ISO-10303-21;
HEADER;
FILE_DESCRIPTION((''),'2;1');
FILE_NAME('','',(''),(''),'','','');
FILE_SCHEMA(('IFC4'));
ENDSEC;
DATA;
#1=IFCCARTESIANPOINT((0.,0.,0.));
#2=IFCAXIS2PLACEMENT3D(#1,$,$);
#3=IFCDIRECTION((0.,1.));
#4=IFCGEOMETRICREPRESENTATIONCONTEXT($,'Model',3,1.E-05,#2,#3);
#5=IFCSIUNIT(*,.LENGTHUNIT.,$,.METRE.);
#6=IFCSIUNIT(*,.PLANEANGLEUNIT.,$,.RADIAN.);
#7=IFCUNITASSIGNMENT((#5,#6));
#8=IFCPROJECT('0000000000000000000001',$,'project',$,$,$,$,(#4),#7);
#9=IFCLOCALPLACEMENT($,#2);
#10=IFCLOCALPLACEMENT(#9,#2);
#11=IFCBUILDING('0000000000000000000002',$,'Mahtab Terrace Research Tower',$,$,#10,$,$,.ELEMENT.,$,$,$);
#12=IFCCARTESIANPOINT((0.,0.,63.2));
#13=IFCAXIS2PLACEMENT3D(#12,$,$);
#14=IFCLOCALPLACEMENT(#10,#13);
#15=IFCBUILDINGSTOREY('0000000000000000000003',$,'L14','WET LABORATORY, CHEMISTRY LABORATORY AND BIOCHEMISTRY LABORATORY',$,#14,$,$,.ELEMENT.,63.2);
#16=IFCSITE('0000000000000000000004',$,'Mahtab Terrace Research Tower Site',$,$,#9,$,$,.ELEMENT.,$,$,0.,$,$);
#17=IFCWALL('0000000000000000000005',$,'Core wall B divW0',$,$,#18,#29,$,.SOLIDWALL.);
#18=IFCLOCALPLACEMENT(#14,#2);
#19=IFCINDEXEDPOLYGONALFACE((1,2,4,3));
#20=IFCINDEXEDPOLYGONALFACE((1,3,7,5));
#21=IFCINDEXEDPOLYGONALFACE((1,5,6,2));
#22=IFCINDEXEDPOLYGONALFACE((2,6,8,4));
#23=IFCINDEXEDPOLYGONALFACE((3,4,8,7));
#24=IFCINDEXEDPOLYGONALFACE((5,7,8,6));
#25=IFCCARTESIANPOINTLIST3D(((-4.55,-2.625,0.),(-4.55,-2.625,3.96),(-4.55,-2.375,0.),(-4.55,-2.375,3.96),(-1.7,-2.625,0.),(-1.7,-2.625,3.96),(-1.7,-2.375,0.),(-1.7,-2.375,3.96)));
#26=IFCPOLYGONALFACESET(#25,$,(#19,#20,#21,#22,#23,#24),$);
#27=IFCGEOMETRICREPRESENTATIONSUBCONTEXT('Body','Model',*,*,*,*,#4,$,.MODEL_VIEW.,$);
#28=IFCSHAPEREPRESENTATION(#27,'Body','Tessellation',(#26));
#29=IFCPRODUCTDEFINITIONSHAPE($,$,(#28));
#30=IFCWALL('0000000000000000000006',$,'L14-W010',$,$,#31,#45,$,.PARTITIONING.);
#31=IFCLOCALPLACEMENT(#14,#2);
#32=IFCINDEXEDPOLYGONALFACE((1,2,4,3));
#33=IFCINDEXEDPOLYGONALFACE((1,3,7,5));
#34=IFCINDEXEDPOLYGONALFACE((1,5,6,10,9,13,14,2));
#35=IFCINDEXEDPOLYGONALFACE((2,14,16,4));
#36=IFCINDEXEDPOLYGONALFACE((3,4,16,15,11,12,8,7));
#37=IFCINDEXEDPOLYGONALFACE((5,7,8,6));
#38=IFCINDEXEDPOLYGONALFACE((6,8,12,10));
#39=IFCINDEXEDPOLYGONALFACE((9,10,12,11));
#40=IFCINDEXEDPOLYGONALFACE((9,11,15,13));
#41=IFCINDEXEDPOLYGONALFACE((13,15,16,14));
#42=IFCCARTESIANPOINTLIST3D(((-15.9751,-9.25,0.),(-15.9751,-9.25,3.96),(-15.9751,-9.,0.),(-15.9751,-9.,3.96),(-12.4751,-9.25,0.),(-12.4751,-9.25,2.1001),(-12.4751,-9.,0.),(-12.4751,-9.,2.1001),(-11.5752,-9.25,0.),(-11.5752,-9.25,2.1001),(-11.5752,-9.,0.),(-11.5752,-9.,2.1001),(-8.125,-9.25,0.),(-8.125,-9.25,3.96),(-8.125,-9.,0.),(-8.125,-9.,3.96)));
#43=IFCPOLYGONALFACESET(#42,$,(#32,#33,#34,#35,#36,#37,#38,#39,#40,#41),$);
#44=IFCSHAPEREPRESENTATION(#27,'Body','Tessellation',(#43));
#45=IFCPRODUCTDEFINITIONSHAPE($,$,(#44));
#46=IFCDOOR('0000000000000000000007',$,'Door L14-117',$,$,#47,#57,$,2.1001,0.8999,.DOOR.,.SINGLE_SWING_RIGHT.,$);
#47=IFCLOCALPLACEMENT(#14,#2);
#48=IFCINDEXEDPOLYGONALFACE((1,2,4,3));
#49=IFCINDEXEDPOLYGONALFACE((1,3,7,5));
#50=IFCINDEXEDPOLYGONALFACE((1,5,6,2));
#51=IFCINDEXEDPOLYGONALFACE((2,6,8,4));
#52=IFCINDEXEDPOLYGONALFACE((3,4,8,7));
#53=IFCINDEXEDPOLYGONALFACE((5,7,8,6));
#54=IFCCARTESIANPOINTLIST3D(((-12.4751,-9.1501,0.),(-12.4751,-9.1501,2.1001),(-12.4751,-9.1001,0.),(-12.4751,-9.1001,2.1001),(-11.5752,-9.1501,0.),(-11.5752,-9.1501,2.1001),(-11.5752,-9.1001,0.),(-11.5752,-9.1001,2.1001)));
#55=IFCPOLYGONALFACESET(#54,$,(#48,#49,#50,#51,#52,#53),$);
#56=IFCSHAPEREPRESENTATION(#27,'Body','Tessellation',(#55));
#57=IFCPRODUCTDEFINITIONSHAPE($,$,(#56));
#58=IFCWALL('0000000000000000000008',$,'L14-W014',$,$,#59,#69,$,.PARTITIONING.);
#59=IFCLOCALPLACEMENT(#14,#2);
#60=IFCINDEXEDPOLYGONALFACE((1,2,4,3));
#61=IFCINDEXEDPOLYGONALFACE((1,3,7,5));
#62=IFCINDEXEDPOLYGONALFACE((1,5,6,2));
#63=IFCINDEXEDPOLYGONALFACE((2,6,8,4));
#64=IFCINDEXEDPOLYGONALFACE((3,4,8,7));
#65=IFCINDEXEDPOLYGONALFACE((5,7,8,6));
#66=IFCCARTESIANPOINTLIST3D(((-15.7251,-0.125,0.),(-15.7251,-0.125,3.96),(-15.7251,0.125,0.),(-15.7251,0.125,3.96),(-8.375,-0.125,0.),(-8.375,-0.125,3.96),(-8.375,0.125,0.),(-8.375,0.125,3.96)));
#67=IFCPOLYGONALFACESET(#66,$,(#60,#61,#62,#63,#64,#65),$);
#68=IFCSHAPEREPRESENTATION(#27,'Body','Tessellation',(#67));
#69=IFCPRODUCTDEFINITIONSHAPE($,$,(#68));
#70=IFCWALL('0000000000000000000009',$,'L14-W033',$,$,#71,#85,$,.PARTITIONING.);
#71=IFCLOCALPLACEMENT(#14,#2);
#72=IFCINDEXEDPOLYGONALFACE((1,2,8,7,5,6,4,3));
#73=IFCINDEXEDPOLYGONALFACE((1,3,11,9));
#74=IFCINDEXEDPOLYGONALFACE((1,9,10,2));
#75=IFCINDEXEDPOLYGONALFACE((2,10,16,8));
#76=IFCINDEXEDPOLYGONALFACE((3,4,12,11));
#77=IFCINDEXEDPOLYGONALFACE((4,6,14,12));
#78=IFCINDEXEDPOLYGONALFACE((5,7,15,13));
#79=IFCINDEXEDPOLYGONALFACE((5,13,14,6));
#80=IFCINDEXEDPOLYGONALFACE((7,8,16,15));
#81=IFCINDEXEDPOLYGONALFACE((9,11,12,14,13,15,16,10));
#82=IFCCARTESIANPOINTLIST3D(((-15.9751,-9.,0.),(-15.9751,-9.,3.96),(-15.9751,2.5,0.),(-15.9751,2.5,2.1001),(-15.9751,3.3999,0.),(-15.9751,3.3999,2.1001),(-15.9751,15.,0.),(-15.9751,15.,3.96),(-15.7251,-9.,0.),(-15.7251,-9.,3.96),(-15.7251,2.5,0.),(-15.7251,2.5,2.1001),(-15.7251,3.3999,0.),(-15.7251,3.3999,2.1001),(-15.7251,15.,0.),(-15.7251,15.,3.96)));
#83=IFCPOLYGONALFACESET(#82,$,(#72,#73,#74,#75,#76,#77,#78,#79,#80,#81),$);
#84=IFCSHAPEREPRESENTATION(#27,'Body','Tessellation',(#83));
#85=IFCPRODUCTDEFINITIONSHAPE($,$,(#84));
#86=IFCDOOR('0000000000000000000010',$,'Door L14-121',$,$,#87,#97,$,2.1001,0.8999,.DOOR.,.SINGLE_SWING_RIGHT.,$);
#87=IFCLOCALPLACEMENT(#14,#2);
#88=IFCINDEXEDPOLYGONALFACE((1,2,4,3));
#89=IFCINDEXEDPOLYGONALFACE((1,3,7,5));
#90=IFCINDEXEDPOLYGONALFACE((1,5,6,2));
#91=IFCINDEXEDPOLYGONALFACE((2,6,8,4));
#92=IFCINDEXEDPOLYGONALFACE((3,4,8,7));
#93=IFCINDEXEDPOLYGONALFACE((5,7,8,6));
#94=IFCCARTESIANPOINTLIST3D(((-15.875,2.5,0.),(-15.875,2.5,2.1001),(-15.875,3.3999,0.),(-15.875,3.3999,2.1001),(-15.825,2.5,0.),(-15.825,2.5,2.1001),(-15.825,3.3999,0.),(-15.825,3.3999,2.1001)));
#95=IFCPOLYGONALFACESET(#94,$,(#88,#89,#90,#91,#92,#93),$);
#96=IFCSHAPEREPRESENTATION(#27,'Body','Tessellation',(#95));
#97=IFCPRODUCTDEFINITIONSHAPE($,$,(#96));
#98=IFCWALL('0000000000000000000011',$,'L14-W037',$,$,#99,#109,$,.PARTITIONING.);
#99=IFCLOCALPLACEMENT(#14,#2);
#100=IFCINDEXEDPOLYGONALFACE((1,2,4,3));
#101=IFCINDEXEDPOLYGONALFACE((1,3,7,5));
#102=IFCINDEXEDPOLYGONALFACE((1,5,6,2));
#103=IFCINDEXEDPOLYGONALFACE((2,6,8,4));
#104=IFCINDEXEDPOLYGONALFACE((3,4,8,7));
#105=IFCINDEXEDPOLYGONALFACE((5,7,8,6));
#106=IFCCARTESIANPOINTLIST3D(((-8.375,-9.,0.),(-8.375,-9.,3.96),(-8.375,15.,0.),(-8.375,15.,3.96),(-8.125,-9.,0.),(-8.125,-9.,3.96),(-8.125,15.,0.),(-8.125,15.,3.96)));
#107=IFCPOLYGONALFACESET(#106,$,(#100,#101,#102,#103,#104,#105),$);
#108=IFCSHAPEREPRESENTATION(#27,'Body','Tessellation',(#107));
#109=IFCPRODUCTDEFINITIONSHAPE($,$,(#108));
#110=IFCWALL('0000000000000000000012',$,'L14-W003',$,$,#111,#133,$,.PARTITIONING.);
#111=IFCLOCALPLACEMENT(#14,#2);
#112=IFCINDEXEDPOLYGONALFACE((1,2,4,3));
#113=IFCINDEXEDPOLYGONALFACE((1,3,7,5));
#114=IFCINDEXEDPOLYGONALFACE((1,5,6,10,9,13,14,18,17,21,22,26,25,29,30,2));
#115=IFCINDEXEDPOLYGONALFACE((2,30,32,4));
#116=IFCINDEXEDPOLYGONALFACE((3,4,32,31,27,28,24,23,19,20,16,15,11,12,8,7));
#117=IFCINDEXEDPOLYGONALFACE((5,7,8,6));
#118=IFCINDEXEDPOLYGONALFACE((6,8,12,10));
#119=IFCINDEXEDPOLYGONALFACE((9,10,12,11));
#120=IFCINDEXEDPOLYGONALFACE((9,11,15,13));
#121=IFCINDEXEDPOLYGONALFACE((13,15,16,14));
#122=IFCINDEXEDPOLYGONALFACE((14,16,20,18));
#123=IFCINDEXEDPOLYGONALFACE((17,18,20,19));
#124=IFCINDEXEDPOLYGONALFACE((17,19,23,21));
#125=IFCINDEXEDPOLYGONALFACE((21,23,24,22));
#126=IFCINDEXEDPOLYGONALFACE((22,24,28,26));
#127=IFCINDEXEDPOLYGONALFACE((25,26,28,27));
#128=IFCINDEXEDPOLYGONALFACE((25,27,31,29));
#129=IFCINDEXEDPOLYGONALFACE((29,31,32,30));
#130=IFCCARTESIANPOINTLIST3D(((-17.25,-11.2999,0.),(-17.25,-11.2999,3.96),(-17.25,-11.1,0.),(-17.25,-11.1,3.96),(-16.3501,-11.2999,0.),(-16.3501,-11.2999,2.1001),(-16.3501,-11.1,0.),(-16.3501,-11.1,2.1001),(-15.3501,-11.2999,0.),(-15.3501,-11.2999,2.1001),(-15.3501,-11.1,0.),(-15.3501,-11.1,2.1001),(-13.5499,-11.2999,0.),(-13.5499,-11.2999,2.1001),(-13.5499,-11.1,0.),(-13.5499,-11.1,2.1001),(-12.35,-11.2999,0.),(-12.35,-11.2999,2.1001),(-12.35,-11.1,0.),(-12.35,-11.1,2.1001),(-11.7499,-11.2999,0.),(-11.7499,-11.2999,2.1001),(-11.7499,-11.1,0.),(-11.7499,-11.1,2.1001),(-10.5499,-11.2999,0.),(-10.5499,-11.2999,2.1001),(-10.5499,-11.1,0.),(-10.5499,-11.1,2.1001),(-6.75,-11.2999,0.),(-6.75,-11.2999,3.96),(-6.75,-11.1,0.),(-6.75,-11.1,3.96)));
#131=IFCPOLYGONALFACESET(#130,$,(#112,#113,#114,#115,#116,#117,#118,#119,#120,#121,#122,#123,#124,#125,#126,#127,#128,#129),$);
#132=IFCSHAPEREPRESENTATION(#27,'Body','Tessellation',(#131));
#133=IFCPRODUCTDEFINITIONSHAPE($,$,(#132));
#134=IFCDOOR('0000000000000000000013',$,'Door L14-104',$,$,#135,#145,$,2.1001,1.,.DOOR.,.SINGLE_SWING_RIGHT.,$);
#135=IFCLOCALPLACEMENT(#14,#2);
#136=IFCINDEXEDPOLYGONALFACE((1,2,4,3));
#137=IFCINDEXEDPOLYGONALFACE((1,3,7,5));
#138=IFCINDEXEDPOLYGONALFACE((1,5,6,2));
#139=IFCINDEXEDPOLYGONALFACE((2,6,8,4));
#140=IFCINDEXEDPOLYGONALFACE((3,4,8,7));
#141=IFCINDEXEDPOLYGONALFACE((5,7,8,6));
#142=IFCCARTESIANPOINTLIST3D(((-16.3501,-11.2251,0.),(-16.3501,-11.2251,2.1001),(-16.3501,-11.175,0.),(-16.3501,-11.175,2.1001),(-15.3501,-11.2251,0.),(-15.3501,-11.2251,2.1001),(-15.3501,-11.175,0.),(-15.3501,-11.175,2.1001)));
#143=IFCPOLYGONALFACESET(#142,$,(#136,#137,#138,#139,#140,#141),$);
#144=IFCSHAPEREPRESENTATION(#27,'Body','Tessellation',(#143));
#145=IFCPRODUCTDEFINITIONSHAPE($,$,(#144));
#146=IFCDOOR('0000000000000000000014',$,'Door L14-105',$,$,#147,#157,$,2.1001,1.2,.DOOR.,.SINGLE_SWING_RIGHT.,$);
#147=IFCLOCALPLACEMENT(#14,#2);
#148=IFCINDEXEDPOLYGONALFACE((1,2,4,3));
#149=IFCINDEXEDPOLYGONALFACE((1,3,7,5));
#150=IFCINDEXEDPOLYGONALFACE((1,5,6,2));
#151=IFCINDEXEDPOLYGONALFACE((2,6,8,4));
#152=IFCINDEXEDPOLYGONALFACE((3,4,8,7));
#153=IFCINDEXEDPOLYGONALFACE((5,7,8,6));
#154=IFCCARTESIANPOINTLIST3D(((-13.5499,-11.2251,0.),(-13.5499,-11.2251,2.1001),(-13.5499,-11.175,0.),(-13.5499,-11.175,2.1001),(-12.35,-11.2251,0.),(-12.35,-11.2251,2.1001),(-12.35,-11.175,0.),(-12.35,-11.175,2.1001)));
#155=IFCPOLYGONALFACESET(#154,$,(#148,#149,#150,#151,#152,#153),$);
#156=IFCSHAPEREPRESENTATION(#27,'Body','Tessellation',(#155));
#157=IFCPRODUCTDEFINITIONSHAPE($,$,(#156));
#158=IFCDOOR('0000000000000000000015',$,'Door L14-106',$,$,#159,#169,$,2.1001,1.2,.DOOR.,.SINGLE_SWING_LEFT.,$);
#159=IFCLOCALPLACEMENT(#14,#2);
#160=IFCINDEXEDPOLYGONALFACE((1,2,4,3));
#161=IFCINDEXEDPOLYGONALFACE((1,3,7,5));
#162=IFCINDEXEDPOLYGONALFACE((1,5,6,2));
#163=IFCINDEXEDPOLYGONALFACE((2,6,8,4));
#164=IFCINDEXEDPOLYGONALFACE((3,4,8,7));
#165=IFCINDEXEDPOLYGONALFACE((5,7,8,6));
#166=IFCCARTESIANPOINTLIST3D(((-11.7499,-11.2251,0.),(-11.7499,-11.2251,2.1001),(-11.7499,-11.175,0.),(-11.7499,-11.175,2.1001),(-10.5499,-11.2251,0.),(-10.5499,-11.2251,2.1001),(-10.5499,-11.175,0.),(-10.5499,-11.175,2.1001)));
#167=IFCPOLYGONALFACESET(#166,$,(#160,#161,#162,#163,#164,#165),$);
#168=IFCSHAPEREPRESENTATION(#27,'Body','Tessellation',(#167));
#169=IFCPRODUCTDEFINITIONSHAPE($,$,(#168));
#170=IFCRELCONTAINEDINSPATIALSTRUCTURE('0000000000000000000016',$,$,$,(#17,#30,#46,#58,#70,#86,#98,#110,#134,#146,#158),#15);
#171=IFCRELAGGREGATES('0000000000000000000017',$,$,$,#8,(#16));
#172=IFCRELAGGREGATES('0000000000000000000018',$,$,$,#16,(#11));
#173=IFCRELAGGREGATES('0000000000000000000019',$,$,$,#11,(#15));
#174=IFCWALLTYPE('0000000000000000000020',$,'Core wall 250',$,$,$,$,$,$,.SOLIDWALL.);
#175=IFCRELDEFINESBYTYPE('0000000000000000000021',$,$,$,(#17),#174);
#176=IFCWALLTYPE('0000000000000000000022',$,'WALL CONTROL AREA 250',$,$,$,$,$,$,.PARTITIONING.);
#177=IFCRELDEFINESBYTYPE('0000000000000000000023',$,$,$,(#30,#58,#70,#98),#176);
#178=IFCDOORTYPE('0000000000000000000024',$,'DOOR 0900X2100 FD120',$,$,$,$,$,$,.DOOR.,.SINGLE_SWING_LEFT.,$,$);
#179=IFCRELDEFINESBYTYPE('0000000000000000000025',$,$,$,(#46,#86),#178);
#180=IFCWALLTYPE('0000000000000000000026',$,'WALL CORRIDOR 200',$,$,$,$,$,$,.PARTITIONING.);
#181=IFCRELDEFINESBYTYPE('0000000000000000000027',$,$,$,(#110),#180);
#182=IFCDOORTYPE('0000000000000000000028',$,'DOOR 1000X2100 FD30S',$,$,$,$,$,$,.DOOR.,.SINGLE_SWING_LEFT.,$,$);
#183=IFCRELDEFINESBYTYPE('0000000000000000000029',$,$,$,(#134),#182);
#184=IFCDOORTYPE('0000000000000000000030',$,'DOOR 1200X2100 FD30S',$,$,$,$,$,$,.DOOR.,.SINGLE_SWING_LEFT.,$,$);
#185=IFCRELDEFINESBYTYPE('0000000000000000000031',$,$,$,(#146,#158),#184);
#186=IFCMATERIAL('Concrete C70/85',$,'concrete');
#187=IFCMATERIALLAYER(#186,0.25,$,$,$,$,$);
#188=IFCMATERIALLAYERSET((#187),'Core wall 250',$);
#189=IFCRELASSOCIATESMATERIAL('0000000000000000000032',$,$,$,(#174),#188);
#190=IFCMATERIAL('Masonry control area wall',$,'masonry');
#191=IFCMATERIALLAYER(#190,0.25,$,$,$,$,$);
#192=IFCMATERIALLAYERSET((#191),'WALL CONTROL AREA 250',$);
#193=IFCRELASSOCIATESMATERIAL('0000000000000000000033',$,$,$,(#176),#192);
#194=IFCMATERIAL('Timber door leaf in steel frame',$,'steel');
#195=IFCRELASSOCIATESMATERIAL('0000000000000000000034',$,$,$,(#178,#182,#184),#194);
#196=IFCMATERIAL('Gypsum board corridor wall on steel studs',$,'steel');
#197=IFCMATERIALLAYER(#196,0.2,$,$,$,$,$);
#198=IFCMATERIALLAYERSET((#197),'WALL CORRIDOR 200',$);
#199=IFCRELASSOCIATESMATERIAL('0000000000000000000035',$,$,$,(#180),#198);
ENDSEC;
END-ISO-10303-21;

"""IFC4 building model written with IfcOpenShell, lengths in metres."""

from ifc_helpers import new_model, si_unit, direction, frame, frame_2d, origin, place, context, subcontext, project, spatial, rectangle, extrude, material, layer, layer_set, type_object, element, fill, save


model = new_model("IFC4")

# Units and contexts
model_context = context("Model", 3, precision=1e-05, world=origin(), true_north=direction((0.0, 1.0)))
body_context = subcontext(model_context, "Body", "Model", "MODEL_VIEW")
ifc_project = project(units=[si_unit("LENGTHUNIT", "METRE"), si_unit("PLANEANGLEUNIT", "RADIAN")], contexts=[model_context])

# Site, building, storey
site_placement = place(None, origin())
site = spatial("IfcSite", under=ifc_project, at=site_placement, Name="Mahtab Terrace Research Tower Site", CompositionType="ELEMENT", RefElevation=0.0)
building_placement = place(site_placement, origin())
building = spatial("IfcBuilding", under=site, at=building_placement, Name="Mahtab Terrace Research Tower", CompositionType="ELEMENT")
storey_placement = place(building_placement, frame((0.0, 0.0, 63.2)))
storey = spatial("IfcBuildingStorey", under=building, at=storey_placement, Name="L14", Description="WET LABORATORY, CHEMISTRY LABORATORY AND BIOCHEMISTRY LABORATORY", CompositionType="ELEMENT", Elevation=63.2)

# Shared definitions
ifc_material_1 = material(Name="Concrete C70/85", Category="concrete")

# Shared definitions
ifc_layer_1 = layer(ifc_material_1, 0.25)
ifc_layer_set_1 = layer_set([ifc_layer_1], Name="Core wall 250")
wall_type_1 = type_object("IfcWallType", Name="Core wall 250", PredefinedType="SOLIDWALL", material=ifc_layer_set_1)

# Wall
wall_1_placement = place(storey_placement, frame((-4.55, -2.5, 0.0), z_axis=(0.0, 0.0, 1.0), x_axis=(1.0, 0.0, 0.0)))
element("IfcWall", 1, at=wall_1_placement, inside=storey, type_object=wall_type_1, Name="Core wall B divW0", PredefinedType="SOLIDWALL", context=body_context, shape_type="SweptSolid", body=[
    extrude(rectangle(XDim=2.8501, YDim=0.25, at=frame_2d((1.425, 0.0))), origin(), (0.0, 0.0, 1.0), 3.96),
])

# Wall, opening, door
ifc_material_2 = material(Name="Masonry control area wall", Category="masonry")
ifc_layer_2 = layer(ifc_material_2, 0.25)
ifc_layer_set_2 = layer_set([ifc_layer_2], Name="WALL CONTROL AREA 250")
wall_type_2 = type_object("IfcWallType", Name="WALL CONTROL AREA 250", PredefinedType="PARTITIONING", material=ifc_layer_set_2)
wall_2_placement = place(storey_placement, frame((-15.9751, -9.125, 0.0), z_axis=(0.0, 0.0, 1.0), x_axis=(1.0, 0.0, 0.0)))
wall_2 = element("IfcWall", 2, at=wall_2_placement, inside=storey, type_object=wall_type_2, Name="L14-W010", PredefinedType="PARTITIONING", context=body_context, shape_type="SweptSolid", body=[
    extrude(rectangle(XDim=7.8501, YDim=0.25, at=frame_2d((3.925, 0.0))), origin(), (0.0, 0.0, 1.0), 3.96),
])
opening_1_placement = place(wall_2_placement, frame((3.5, 0.0, 0.0)))
opening_1 = element("IfcOpeningElement", 3, at=opening_1_placement, cuts=wall_2, PredefinedType="OPENING", context=body_context, shape_type="SweptSolid", body=[
    extrude(rectangle(XDim=0.8999, YDim=2.1001, at=frame_2d((0.45, 1.05))), frame((0.0, 0.135, 0.0), z_axis=(0.0, -1.0, 0.0), x_axis=(1.0, 0.0, 0.0)), (0.0, 0.0, 1.0), 0.27),
])
ifc_material_3 = material(Name="Timber door leaf in steel frame", Category="steel")
door_type_1 = type_object("IfcDoorType", Name="DOOR 0900X2100 FD120", OperationType="SINGLE_SWING_LEFT", PredefinedType="DOOR", material=ifc_material_3)
door_1_placement = place(opening_1_placement, origin())
door_1 = element("IfcDoor", 4, at=door_1_placement, inside=storey, type_object=door_type_1, Name="Door L14-117", OperationType="SINGLE_SWING_RIGHT", OverallHeight=2.1001, OverallWidth=0.8999, PredefinedType="DOOR", context=body_context, shape_type="SweptSolid", body=[
    extrude(rectangle(XDim=0.8999, YDim=2.1001, at=frame_2d((0.45, 1.05))), frame((0.0, 0.0249, 0.0), z_axis=(0.0, -1.0, 0.0), x_axis=(1.0, 0.0, 0.0)), (0.0, 0.0, 1.0), 0.05),
])
fill(opening_1, door_1)

# Wall
wall_3_placement = place(storey_placement, frame((-15.7251, 0.0, 0.0), z_axis=(0.0, 0.0, 1.0), x_axis=(1.0, 0.0, 0.0)))
element("IfcWall", 5, at=wall_3_placement, inside=storey, type_object=wall_type_2, Name="L14-W014", PredefinedType="PARTITIONING", context=body_context, shape_type="SweptSolid", body=[
    extrude(rectangle(XDim=7.3501, YDim=0.25, at=frame_2d((3.675, 0.0))), origin(), (0.0, 0.0, 1.0), 3.96),
])

# Wall, opening, door
wall_4_placement = place(storey_placement, frame((-15.8501, -9.0, 0.0), z_axis=(0.0, 0.0, 1.0), x_axis=(0.0, 1.0, 0.0)))
wall_4 = element("IfcWall", 6, at=wall_4_placement, inside=storey, type_object=wall_type_2, Name="L14-W033", PredefinedType="PARTITIONING", context=body_context, shape_type="SweptSolid", body=[
    extrude(rectangle(XDim=24.0, YDim=0.25, at=frame_2d((12.0, 0.0))), origin(), (0.0, 0.0, 1.0), 3.96),
])
opening_2_placement = place(wall_4_placement, frame((11.5, 0.0, 0.0)))
opening_2 = element("IfcOpeningElement", 7, at=opening_2_placement, cuts=wall_4, PredefinedType="OPENING", context=body_context, shape_type="SweptSolid", body=[
    extrude(rectangle(XDim=0.8999, YDim=2.1001, at=frame_2d((0.45, 1.05))), frame((0.0, 0.135, 0.0), z_axis=(0.0, -1.0, 0.0), x_axis=(1.0, 0.0, 0.0)), (0.0, 0.0, 1.0), 0.27),
])
door_2_placement = place(opening_2_placement, origin())
door_2 = element("IfcDoor", 8, at=door_2_placement, inside=storey, type_object=door_type_1, Name="Door L14-121", OperationType="SINGLE_SWING_RIGHT", OverallHeight=2.1001, OverallWidth=0.8999, PredefinedType="DOOR", context=body_context, shape_type="SweptSolid", body=[
    extrude(rectangle(XDim=0.8999, YDim=2.1001, at=frame_2d((0.45, 1.05))), frame((0.0, 0.0249, 0.0), z_axis=(0.0, -1.0, 0.0), x_axis=(1.0, 0.0, 0.0)), (0.0, 0.0, 1.0), 0.05),
])
fill(opening_2, door_2)

# Wall
wall_5_placement = place(storey_placement, frame((-8.25, -9.0, 0.0), z_axis=(0.0, 0.0, 1.0), x_axis=(0.0, 1.0, 0.0)))
element("IfcWall", 9, at=wall_5_placement, inside=storey, type_object=wall_type_2, Name="L14-W037", PredefinedType="PARTITIONING", context=body_context, shape_type="SweptSolid", body=[
    extrude(rectangle(XDim=24.0, YDim=0.25, at=frame_2d((12.0, 0.0))), origin(), (0.0, 0.0, 1.0), 3.96),
])

# Wall, openings, doors
ifc_material_4 = material(Name="Gypsum board corridor wall on steel studs", Category="steel")
ifc_layer_3 = layer(ifc_material_4, 0.2)
ifc_layer_set_3 = layer_set([ifc_layer_3], Name="WALL CORRIDOR 200")
wall_type_3 = type_object("IfcWallType", Name="WALL CORRIDOR 200", PredefinedType="PARTITIONING", material=ifc_layer_set_3)
wall_6_placement = place(storey_placement, frame((-17.25, -11.2, 0.0), z_axis=(0.0, 0.0, 1.0), x_axis=(1.0, 0.0, 0.0)))
wall_6 = element("IfcWall", 10, at=wall_6_placement, inside=storey, type_object=wall_type_3, Name="L14-W003", PredefinedType="PARTITIONING", context=body_context, shape_type="SweptSolid", body=[
    extrude(rectangle(XDim=10.5, YDim=0.2, at=frame_2d((5.25, 0.0))), origin(), (0.0, 0.0, 1.0), 3.96),
])
opening_3_placement = place(wall_6_placement, frame((0.8999, 0.0, 0.0)))
opening_3 = element("IfcOpeningElement", 11, at=opening_3_placement, cuts=wall_6, PredefinedType="OPENING", context=body_context, shape_type="SweptSolid", body=[
    extrude(rectangle(XDim=1.0, YDim=2.1001, at=frame_2d((0.5, 1.05))), frame((0.0, 0.1099, 0.0), z_axis=(0.0, -1.0, 0.0), x_axis=(1.0, 0.0, 0.0)), (0.0, 0.0, 1.0), 0.22),
])
opening_4_placement = place(wall_6_placement, frame((3.7, 0.0, 0.0)))
opening_4 = element("IfcOpeningElement", 12, at=opening_4_placement, cuts=wall_6, PredefinedType="OPENING", context=body_context, shape_type="SweptSolid", body=[
    extrude(rectangle(XDim=1.2, YDim=2.1001, at=frame_2d((0.6001, 1.05))), frame((0.0, 0.1099, 0.0), z_axis=(0.0, -1.0, 0.0), x_axis=(1.0, 0.0, 0.0)), (0.0, 0.0, 1.0), 0.22),
])
opening_5_placement = place(wall_6_placement, frame((5.5, 0.0, 0.0)))
opening_5 = element("IfcOpeningElement", 13, at=opening_5_placement, cuts=wall_6, PredefinedType="OPENING", context=body_context, shape_type="SweptSolid", body=[
    extrude(rectangle(XDim=1.2, YDim=2.1001, at=frame_2d((0.6001, 1.05))), frame((0.0, 0.1099, 0.0), z_axis=(0.0, -1.0, 0.0), x_axis=(1.0, 0.0, 0.0)), (0.0, 0.0, 1.0), 0.22),
])
door_type_2 = type_object("IfcDoorType", Name="DOOR 1000X2100 FD30S", OperationType="SINGLE_SWING_LEFT", PredefinedType="DOOR", material=ifc_material_3)
door_3_placement = place(opening_3_placement, origin())
door_3 = element("IfcDoor", 14, at=door_3_placement, inside=storey, type_object=door_type_2, Name="Door L14-104", OperationType="SINGLE_SWING_RIGHT", OverallHeight=2.1001, OverallWidth=1.0, PredefinedType="DOOR", context=body_context, shape_type="SweptSolid", body=[
    extrude(rectangle(XDim=1.0, YDim=2.1001, at=frame_2d((0.5, 1.05))), frame((0.0, 0.0249, 0.0), z_axis=(0.0, -1.0, 0.0), x_axis=(1.0, 0.0, 0.0)), (0.0, 0.0, 1.0), 0.05),
])
fill(opening_3, door_3)
door_type_3 = type_object("IfcDoorType", Name="DOOR 1200X2100 FD30S", OperationType="SINGLE_SWING_LEFT", PredefinedType="DOOR", material=ifc_material_3)
door_4_placement = place(opening_4_placement, origin())
door_4 = element("IfcDoor", 15, at=door_4_placement, inside=storey, type_object=door_type_3, Name="Door L14-105", OperationType="SINGLE_SWING_RIGHT", OverallHeight=2.1001, OverallWidth=1.2, PredefinedType="DOOR", context=body_context, shape_type="SweptSolid", body=[
    extrude(rectangle(XDim=1.2, YDim=2.1001, at=frame_2d((0.6001, 1.05))), frame((0.0, 0.0249, 0.0), z_axis=(0.0, -1.0, 0.0), x_axis=(1.0, 0.0, 0.0)), (0.0, 0.0, 1.0), 0.05),
])
fill(opening_4, door_4)
door_5_placement = place(opening_5_placement, origin())
door_5 = element("IfcDoor", 16, at=door_5_placement, inside=storey, type_object=door_type_3, Name="Door L14-106", OperationType="SINGLE_SWING_LEFT", OverallHeight=2.1001, OverallWidth=1.2, PredefinedType="DOOR", context=body_context, shape_type="SweptSolid", body=[
    extrude(rectangle(XDim=1.2, YDim=2.1001, at=frame_2d((0.6001, 1.05))), frame((0.0, 0.0249, 0.0), z_axis=(0.0, -1.0, 0.0), x_axis=(1.0, 0.0, 0.0)), (0.0, 0.0, 1.0), 0.05),
])
fill(opening_5, door_5)

save(model, "model.ifc")
